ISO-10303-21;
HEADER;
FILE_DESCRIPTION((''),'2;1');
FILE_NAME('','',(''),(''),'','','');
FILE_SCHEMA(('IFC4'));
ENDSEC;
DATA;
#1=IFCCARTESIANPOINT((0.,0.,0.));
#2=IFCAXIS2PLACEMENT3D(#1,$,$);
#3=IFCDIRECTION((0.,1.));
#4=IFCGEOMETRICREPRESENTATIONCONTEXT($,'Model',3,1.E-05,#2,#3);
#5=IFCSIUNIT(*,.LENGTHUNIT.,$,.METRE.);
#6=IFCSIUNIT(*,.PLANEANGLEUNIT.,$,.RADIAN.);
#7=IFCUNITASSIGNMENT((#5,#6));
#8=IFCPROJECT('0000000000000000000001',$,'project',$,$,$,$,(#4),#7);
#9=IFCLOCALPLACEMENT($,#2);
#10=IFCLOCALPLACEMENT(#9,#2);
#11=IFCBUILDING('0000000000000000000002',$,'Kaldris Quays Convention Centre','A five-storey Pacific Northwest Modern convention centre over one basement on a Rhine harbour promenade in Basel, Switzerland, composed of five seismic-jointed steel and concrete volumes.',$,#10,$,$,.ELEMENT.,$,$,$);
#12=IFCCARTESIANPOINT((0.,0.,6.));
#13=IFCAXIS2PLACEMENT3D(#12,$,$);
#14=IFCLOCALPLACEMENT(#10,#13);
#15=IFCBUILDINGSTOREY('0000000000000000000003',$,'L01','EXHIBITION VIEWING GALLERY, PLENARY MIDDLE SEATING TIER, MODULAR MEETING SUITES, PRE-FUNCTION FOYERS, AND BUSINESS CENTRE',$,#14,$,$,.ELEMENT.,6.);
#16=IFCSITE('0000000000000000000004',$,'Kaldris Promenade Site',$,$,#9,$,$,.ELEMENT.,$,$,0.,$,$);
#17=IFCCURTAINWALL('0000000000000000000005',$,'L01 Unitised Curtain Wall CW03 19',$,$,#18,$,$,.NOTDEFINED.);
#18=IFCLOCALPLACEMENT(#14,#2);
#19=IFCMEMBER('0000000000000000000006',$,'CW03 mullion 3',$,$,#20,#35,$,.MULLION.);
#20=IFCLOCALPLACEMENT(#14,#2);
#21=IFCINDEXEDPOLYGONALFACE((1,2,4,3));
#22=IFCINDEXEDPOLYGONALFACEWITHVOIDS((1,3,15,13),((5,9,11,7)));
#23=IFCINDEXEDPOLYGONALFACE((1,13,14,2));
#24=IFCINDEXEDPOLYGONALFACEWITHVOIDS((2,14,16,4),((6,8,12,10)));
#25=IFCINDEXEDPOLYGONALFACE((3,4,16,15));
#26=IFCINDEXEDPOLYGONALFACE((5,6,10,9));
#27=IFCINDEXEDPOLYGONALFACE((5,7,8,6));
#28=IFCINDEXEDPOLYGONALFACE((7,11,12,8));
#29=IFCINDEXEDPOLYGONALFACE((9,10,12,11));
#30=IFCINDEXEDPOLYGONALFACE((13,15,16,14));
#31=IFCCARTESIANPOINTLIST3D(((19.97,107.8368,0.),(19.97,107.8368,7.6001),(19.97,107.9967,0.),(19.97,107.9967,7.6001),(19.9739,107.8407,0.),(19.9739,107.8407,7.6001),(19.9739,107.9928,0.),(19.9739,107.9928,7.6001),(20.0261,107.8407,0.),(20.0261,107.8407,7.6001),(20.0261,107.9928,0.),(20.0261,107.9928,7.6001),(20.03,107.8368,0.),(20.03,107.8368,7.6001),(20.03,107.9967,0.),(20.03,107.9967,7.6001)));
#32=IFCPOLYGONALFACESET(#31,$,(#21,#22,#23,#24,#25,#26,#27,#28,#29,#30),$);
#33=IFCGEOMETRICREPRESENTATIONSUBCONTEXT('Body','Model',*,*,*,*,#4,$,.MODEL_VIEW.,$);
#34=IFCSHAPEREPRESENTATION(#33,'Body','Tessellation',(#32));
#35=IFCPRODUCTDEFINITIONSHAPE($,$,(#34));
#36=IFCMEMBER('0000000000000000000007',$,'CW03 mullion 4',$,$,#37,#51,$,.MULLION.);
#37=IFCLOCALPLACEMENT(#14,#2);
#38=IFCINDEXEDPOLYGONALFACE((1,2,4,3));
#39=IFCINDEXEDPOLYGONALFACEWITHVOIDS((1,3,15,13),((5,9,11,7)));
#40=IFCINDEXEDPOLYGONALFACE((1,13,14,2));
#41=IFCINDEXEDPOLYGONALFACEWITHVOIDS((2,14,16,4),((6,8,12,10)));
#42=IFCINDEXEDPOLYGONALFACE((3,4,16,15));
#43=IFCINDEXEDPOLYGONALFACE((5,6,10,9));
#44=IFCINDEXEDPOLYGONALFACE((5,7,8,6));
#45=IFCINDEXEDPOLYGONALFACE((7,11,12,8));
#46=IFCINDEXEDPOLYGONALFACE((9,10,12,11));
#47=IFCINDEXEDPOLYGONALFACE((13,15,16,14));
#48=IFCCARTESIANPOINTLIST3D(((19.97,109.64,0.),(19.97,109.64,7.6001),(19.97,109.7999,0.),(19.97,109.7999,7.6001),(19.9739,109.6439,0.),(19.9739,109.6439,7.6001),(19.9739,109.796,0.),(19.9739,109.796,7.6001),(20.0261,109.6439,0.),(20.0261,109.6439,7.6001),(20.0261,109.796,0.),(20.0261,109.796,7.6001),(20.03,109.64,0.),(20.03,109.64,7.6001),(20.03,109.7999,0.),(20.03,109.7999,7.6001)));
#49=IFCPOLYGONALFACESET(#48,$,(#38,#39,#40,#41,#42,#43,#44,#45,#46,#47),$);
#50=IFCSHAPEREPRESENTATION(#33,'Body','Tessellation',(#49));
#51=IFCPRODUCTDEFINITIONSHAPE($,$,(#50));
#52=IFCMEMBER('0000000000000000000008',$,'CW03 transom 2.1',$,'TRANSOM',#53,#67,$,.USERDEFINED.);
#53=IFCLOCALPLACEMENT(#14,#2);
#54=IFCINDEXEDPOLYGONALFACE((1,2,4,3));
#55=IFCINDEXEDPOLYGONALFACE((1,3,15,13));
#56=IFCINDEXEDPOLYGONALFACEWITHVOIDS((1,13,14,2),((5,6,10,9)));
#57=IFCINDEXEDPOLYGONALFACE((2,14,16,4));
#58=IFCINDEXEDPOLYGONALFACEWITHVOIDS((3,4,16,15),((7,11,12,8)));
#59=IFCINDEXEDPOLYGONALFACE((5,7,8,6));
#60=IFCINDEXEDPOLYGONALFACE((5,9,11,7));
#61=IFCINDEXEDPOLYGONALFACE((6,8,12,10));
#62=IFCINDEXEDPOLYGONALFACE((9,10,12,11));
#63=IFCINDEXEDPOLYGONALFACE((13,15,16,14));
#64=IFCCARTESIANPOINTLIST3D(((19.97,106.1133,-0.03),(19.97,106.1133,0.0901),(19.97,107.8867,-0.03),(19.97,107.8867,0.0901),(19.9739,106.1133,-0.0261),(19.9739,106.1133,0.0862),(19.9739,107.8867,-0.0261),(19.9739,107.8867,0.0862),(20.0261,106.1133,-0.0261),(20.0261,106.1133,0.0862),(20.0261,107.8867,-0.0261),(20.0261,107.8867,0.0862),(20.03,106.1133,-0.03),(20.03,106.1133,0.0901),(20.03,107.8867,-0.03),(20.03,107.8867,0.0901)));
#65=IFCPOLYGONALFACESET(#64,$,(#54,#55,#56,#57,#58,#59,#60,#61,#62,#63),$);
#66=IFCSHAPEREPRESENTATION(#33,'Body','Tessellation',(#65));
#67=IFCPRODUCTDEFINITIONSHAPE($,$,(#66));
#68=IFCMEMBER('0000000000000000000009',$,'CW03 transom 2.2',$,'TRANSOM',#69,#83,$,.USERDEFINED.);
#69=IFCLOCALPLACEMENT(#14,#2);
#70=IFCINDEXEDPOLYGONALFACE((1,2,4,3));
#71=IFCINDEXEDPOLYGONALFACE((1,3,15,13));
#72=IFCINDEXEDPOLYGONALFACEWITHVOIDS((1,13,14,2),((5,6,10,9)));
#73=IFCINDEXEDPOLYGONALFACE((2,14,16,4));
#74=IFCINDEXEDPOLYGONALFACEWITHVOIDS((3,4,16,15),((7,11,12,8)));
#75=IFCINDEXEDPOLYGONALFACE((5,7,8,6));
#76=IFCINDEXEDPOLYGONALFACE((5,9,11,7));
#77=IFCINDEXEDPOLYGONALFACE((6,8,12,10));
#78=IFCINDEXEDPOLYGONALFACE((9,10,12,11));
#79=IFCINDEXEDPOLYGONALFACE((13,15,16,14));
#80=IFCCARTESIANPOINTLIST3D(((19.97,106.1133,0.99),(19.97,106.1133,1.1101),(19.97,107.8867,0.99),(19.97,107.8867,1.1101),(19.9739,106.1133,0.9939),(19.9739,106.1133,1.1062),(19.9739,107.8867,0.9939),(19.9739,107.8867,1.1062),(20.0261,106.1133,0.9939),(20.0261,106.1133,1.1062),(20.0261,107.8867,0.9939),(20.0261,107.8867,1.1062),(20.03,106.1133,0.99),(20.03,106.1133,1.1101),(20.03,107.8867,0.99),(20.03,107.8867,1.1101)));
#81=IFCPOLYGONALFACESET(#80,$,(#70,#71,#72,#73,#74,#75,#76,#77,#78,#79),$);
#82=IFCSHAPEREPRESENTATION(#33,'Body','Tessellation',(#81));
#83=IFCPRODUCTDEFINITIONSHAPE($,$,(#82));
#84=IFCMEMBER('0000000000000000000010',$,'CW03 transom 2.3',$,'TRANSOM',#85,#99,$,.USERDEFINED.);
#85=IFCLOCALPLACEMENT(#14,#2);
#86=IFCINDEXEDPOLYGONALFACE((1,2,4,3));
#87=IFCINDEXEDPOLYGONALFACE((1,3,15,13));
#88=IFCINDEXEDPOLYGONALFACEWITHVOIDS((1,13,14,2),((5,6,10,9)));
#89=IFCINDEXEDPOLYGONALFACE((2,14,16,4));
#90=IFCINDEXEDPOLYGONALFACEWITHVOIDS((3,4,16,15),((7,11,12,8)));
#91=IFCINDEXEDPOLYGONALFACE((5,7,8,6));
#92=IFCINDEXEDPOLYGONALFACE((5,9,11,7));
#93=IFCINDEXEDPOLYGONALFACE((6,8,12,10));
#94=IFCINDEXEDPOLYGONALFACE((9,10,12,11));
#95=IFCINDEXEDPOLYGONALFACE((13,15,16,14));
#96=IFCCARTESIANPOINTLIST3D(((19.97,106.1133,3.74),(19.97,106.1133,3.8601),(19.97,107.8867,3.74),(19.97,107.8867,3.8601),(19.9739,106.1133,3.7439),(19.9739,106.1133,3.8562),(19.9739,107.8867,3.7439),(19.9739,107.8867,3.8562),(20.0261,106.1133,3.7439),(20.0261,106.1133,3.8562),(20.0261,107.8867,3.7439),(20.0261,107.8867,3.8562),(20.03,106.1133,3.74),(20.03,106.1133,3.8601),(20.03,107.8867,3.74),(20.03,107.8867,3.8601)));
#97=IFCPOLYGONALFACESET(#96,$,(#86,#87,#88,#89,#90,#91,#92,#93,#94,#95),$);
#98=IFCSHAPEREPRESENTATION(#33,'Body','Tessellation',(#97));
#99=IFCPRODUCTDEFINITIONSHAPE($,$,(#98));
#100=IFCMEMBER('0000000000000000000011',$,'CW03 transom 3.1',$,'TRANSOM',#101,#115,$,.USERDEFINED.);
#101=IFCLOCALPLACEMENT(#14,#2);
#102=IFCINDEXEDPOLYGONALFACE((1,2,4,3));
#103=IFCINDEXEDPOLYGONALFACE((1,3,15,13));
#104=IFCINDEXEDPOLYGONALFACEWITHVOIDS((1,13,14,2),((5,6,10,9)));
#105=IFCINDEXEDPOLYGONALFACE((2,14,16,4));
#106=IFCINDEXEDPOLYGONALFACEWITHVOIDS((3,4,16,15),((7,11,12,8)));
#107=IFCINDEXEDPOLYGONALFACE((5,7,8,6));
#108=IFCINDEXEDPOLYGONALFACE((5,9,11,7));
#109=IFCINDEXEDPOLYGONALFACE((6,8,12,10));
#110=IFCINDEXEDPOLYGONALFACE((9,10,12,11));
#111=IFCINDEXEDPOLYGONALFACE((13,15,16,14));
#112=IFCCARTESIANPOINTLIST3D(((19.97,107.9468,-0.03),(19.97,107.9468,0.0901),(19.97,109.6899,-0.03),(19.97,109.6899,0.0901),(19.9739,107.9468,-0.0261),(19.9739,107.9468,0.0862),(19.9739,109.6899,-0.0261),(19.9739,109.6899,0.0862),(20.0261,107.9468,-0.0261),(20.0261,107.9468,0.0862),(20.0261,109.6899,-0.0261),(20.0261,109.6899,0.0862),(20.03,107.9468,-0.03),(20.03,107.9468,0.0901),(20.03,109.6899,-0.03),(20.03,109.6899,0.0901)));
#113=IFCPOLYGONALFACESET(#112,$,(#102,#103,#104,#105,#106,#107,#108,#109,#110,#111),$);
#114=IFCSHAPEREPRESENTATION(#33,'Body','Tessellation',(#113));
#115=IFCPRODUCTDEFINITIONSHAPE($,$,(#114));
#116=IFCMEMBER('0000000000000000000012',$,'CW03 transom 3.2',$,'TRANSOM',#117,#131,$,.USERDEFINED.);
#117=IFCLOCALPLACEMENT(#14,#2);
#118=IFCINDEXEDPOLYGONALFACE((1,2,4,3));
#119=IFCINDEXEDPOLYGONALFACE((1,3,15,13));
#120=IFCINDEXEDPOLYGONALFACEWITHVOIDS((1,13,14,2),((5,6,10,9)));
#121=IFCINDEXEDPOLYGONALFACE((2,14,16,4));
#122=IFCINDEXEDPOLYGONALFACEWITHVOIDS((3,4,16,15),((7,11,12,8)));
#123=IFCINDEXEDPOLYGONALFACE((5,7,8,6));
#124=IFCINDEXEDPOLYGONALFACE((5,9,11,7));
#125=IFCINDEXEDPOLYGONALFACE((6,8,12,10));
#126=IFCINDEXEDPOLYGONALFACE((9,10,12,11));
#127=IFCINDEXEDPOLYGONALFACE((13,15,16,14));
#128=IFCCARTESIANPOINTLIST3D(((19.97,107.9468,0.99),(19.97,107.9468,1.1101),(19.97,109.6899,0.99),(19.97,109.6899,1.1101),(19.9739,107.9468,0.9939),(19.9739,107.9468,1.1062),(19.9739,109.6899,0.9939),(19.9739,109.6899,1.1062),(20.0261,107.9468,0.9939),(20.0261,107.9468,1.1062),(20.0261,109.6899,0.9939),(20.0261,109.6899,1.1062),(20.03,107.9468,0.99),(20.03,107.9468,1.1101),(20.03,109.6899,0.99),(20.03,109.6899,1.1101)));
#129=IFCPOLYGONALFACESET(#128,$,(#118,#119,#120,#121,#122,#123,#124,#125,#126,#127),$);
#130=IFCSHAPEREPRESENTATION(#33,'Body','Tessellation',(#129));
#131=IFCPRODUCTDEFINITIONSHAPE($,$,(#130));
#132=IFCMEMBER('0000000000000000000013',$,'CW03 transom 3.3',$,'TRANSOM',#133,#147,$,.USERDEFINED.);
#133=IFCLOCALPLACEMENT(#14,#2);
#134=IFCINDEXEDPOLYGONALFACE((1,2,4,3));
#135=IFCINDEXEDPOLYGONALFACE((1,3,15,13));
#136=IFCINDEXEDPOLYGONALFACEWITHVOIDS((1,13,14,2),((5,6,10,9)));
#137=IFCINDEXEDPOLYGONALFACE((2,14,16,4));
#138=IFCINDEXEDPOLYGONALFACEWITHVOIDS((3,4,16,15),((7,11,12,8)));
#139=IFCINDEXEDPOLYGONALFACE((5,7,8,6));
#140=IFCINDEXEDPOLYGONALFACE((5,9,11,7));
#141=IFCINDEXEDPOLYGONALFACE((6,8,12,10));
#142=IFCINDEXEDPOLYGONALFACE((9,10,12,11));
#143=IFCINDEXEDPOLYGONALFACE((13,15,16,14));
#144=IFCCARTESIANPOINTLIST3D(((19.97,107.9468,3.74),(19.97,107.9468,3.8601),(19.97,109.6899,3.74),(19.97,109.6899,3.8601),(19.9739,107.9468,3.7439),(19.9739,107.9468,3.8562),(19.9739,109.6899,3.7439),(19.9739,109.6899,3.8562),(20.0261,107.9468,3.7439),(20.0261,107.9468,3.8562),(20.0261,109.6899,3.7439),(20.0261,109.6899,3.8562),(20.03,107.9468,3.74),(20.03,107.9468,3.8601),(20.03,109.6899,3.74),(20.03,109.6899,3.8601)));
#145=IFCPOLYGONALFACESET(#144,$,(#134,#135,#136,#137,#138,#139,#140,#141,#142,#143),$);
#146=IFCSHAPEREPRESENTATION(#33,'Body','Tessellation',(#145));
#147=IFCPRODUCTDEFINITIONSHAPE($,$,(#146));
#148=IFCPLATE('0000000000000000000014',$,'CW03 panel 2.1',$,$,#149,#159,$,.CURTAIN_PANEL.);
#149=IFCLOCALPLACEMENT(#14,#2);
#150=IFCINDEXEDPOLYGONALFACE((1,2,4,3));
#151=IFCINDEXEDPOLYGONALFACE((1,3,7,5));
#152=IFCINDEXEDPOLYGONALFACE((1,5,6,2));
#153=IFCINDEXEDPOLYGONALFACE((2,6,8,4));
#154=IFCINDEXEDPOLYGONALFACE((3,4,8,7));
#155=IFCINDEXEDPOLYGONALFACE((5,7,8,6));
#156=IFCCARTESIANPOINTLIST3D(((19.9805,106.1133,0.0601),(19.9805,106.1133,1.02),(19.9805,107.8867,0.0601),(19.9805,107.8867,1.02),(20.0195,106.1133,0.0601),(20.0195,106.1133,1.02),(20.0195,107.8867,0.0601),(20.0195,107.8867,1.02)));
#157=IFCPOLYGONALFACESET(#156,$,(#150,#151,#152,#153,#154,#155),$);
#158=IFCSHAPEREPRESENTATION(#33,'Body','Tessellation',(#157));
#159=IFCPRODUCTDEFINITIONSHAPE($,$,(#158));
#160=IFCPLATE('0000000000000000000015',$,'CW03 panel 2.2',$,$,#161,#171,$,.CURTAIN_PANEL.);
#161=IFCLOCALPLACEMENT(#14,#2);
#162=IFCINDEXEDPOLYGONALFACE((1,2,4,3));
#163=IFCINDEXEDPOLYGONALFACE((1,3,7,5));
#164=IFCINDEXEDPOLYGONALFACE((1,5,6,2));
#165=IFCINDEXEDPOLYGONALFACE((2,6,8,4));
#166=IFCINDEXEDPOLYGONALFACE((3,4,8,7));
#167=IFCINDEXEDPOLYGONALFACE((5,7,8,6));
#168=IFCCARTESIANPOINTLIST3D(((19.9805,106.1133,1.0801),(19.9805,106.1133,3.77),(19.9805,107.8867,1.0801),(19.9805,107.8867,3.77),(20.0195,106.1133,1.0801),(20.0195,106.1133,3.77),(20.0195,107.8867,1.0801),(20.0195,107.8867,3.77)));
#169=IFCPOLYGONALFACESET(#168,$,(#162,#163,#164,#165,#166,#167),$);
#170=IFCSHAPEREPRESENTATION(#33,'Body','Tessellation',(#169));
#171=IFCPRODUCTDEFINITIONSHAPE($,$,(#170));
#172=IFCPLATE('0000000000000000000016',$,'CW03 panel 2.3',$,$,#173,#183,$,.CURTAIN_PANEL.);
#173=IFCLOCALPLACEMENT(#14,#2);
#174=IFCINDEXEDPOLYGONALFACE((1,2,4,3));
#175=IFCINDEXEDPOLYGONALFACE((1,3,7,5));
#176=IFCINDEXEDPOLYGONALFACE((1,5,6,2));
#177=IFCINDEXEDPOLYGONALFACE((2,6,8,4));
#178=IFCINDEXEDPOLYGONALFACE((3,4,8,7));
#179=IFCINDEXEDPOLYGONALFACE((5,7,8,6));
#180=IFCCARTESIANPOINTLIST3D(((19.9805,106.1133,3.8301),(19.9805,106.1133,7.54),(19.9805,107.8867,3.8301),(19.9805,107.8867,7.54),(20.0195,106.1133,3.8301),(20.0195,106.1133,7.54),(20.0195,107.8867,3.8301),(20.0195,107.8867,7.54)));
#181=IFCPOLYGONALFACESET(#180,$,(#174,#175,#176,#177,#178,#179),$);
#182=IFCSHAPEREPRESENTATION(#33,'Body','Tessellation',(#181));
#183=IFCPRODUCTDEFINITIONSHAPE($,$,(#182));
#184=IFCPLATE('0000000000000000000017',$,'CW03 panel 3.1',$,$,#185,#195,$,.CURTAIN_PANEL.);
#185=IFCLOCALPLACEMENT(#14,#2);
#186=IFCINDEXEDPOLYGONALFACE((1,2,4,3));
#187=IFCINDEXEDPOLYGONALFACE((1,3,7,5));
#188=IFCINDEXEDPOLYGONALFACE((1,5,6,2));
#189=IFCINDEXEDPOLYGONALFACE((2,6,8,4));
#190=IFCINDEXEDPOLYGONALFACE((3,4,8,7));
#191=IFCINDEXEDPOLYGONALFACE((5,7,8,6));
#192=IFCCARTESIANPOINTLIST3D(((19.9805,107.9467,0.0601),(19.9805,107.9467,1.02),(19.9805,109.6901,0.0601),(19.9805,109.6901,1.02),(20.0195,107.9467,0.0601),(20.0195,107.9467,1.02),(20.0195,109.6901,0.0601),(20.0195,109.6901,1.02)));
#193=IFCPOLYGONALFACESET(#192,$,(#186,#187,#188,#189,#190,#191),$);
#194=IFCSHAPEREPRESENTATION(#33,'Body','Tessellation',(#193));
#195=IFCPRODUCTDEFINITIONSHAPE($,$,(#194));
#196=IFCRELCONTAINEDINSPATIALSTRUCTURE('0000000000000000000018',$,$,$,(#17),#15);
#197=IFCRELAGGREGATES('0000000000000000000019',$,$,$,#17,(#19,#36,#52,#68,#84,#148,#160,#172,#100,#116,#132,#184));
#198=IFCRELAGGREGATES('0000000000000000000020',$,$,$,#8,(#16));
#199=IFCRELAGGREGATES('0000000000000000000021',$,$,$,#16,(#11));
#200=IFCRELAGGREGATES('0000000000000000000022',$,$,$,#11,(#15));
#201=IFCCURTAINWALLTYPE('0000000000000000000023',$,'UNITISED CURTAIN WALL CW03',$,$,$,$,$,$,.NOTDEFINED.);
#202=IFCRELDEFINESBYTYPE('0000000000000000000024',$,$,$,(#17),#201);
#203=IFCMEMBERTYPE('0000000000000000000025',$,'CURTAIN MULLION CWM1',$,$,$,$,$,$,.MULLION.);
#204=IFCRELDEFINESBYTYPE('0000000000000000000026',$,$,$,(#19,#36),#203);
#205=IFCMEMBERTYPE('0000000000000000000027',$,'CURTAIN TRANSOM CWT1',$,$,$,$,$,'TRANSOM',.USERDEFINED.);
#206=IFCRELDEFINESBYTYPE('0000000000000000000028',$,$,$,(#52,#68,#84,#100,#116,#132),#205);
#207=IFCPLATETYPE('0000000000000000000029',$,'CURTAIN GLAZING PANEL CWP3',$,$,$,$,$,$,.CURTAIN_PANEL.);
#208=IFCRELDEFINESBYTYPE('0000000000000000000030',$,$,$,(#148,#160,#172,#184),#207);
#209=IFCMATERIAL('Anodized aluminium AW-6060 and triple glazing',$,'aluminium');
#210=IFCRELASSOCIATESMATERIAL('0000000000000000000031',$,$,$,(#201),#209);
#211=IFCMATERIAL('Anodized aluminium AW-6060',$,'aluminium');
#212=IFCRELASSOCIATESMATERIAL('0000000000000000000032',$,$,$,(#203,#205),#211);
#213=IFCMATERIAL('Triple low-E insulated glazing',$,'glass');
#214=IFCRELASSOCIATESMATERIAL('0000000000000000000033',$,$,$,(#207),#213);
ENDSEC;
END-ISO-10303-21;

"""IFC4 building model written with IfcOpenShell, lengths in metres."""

from ifc_helpers import new_model, si_unit, direction, frame, origin, origin_2d, place, context, subcontext, project, spatial, rectangle, hollow_rectangle, extrude, material, material_profile, profile_set, type_object, element, aggregate, save


model = new_model("IFC4")

# Units and contexts
model_context = context("Model", 3, precision=1e-05, world=origin(), true_north=direction((0.0, 1.0)))
body_context = subcontext(model_context, "Body", "Model", "MODEL_VIEW")
ifc_project = project(units=[si_unit("LENGTHUNIT", "METRE"), si_unit("PLANEANGLEUNIT", "RADIAN")], contexts=[model_context])

# Site, building, storey
site_placement = place(None, origin())
site = spatial("IfcSite", under=ifc_project, at=site_placement, Name="Kaldris Promenade Site", CompositionType="ELEMENT", RefElevation=0.0)
building_placement = place(site_placement, origin())
building = spatial("IfcBuilding", under=site, at=building_placement, Name="Kaldris Quays Convention Centre", Description="A five-storey Pacific Northwest Modern convention centre over one basement on a Rhine harbour promenade in Basel, Switzerland, composed of five seismic-jointed steel and concrete volumes.", CompositionType="ELEMENT")
storey_placement = place(building_placement, frame((0.0, 0.0, 6.0)))
storey = spatial("IfcBuildingStorey", under=building, at=storey_placement, Name="L01", Description="EXHIBITION VIEWING GALLERY, PLENARY MIDDLE SEATING TIER, MODULAR MEETING SUITES, PRE-FUNCTION FOYERS, AND BUSINESS CENTRE", CompositionType="ELEMENT", Elevation=6.0)

# Curtain wall, members, plates
ifc_material_1 = material(Name="Anodized aluminium AW-6060 and triple glazing", Category="aluminium")
curtain_wall_type = type_object("IfcCurtainWallType", Name="UNITISED CURTAIN WALL CW03", PredefinedType="NOTDEFINED", material=ifc_material_1)
curtain_wall_placement = place(storey_placement, origin())
curtain_wall = element("IfcCurtainWall", 1, at=curtain_wall_placement, inside=storey, type_object=curtain_wall_type, Name="L01 Unitised Curtain Wall CW03 19", PredefinedType="NOTDEFINED")
ifc_material_2 = material(Name="Anodized aluminium AW-6060", Category="aluminium")
ifc_material_profile_1 = material_profile(ifc_material_2, hollow_rectangle(XDim=0.0601, YDim=0.1599, WallThickness=0.0039, at=origin_2d()), Name="RHS 160x60x4")
ifc_profile_set_1 = profile_set([ifc_material_profile_1], Name="Anodized aluminium AW-6060")
member_type_1 = type_object("IfcMemberType", Name="CURTAIN MULLION CWM1", PredefinedType="MULLION", material=ifc_profile_set_1)
member_1_placement = place(storey_placement, frame((20.0, 107.9167, 0.0), z_axis=(0.0, 0.0, 1.0), x_axis=(-1.0, 0.0, 0.0)))
member_1 = element("IfcMember", 2, at=member_1_placement, type_object=member_type_1, Name="CW03 mullion 3", PredefinedType="MULLION", context=body_context, shape_type="SweptSolid", body=[
    extrude(hollow_rectangle(XDim=0.0601, YDim=0.1599, WallThickness=0.0039, at=origin_2d()), origin(), (0.0, 0.0, 1.0), 7.6001),
])
member_2_placement = place(storey_placement, frame((20.0, 109.72, 0.0), z_axis=(0.0, 0.0, 1.0), x_axis=(-1.0, 0.0, 0.0)))
member_2 = element("IfcMember", 3, at=member_2_placement, type_object=member_type_1, Name="CW03 mullion 4", PredefinedType="MULLION", context=body_context, shape_type="SweptSolid", body=[
    extrude(hollow_rectangle(XDim=0.0601, YDim=0.1599, WallThickness=0.0039, at=origin_2d()), origin(), (0.0, 0.0, 1.0), 7.6001),
])
ifc_material_profile_2 = material_profile(ifc_material_2, hollow_rectangle(XDim=0.0601, YDim=0.1201, WallThickness=0.0039, at=origin_2d()), Name="RHS 120x60x4")
ifc_profile_set_2 = profile_set([ifc_material_profile_2], Name="Anodized aluminium AW-6060")
member_type_2 = type_object("IfcMemberType", Name="CURTAIN TRANSOM CWT1", ElementType="TRANSOM", PredefinedType="USERDEFINED", material=ifc_profile_set_2)
member_3_placement = place(storey_placement, frame((20.0, 106.1133, 0.03), z_axis=(0.0, 1.0, 0.0), x_axis=(-1.0, 0.0, 0.0)))
member_3 = element("IfcMember", 4, at=member_3_placement, type_object=member_type_2, Name="CW03 transom 2.1", ObjectType="TRANSOM", PredefinedType="USERDEFINED", context=body_context, shape_type="SweptSolid", body=[
    extrude(hollow_rectangle(XDim=0.0601, YDim=0.1201, WallThickness=0.0039, at=origin_2d()), origin(), (0.0, 0.0, 1.0), 1.7734),
])
member_4_placement = place(storey_placement, frame((20.0, 106.1133, 1.05), z_axis=(0.0, 1.0, 0.0), x_axis=(-1.0, 0.0, 0.0)))
member_4 = element("IfcMember", 5, at=member_4_placement, type_object=member_type_2, Name="CW03 transom 2.2", ObjectType="TRANSOM", PredefinedType="USERDEFINED", context=body_context, shape_type="SweptSolid", body=[
    extrude(hollow_rectangle(XDim=0.0601, YDim=0.1201, WallThickness=0.0039, at=origin_2d()), origin(), (0.0, 0.0, 1.0), 1.7734),
])
member_5_placement = place(storey_placement, frame((20.0, 106.1133, 3.8), z_axis=(0.0, 1.0, 0.0), x_axis=(-1.0, 0.0, 0.0)))
member_5 = element("IfcMember", 6, at=member_5_placement, type_object=member_type_2, Name="CW03 transom 2.3", ObjectType="TRANSOM", PredefinedType="USERDEFINED", context=body_context, shape_type="SweptSolid", body=[
    extrude(hollow_rectangle(XDim=0.0601, YDim=0.1201, WallThickness=0.0039, at=origin_2d()), origin(), (0.0, 0.0, 1.0), 1.7734),
])
member_6_placement = place(storey_placement, frame((20.0, 107.9468, 0.03), z_axis=(0.0, 1.0, 0.0), x_axis=(-1.0, 0.0, 0.0)))
member_6 = element("IfcMember", 7, at=member_6_placement, type_object=member_type_2, Name="CW03 transom 3.1", ObjectType="TRANSOM", PredefinedType="USERDEFINED", context=body_context, shape_type="SweptSolid", body=[
    extrude(hollow_rectangle(XDim=0.0601, YDim=0.1201, WallThickness=0.0039, at=origin_2d()), origin(), (0.0, 0.0, 1.0), 1.7432),
])
member_7_placement = place(storey_placement, frame((20.0, 107.9468, 1.05), z_axis=(0.0, 1.0, 0.0), x_axis=(-1.0, 0.0, 0.0)))
member_7 = element("IfcMember", 8, at=member_7_placement, type_object=member_type_2, Name="CW03 transom 3.2", ObjectType="TRANSOM", PredefinedType="USERDEFINED", context=body_context, shape_type="SweptSolid", body=[
    extrude(hollow_rectangle(XDim=0.0601, YDim=0.1201, WallThickness=0.0039, at=origin_2d()), origin(), (0.0, 0.0, 1.0), 1.7432),
])
member_8_placement = place(storey_placement, frame((20.0, 107.9468, 3.8), z_axis=(0.0, 1.0, 0.0), x_axis=(-1.0, 0.0, 0.0)))
member_8 = element("IfcMember", 9, at=member_8_placement, type_object=member_type_2, Name="CW03 transom 3.3", ObjectType="TRANSOM", PredefinedType="USERDEFINED", context=body_context, shape_type="SweptSolid", body=[
    extrude(hollow_rectangle(XDim=0.0601, YDim=0.1201, WallThickness=0.0039, at=origin_2d()), origin(), (0.0, 0.0, 1.0), 1.7432),
])
ifc_material_3 = material(Name="Triple low-E insulated glazing", Category="glass")
plate_type = type_object("IfcPlateType", Name="CURTAIN GLAZING PANEL CWP3", PredefinedType="CURTAIN_PANEL", material=ifc_material_3)
plate_1_placement = place(storey_placement, frame((20.0, 107.0, 0.0601), z_axis=(0.0, 0.0, 1.0), x_axis=(0.0, 1.0, 0.0)))
plate_1 = element("IfcPlate", 10, at=plate_1_placement, type_object=plate_type, Name="CW03 panel 2.1", PredefinedType="CURTAIN_PANEL", context=body_context, shape_type="SweptSolid", body=[
    extrude(rectangle(XDim=1.7734, YDim=0.0391, at=origin_2d()), origin(), (0.0, 0.0, 1.0), 0.96),
])
plate_2_placement = place(storey_placement, frame((20.0, 107.0, 1.0801), z_axis=(0.0, 0.0, 1.0), x_axis=(0.0, 1.0, 0.0)))
plate_2 = element("IfcPlate", 11, at=plate_2_placement, type_object=plate_type, Name="CW03 panel 2.2", PredefinedType="CURTAIN_PANEL", context=body_context, shape_type="SweptSolid", body=[
    extrude(rectangle(XDim=1.7734, YDim=0.0391, at=origin_2d()), origin(), (0.0, 0.0, 1.0), 2.6899),
])
plate_3_placement = place(storey_placement, frame((20.0, 107.0, 3.8301), z_axis=(0.0, 0.0, 1.0), x_axis=(0.0, 1.0, 0.0)))
plate_3 = element("IfcPlate", 12, at=plate_3_placement, type_object=plate_type, Name="CW03 panel 2.3", PredefinedType="CURTAIN_PANEL", context=body_context, shape_type="SweptSolid", body=[
    extrude(rectangle(XDim=1.7734, YDim=0.0391, at=origin_2d()), origin(), (0.0, 0.0, 1.0), 3.71),
])
plate_4_placement = place(storey_placement, frame((20.0, 108.8184, 0.0601), z_axis=(0.0, 0.0, 1.0), x_axis=(0.0, 1.0, 0.0)))
plate_4 = element("IfcPlate", 13, at=plate_4_placement, type_object=plate_type, Name="CW03 panel 3.1", PredefinedType="CURTAIN_PANEL", context=body_context, shape_type="SweptSolid", body=[
    extrude(rectangle(XDim=1.7434, YDim=0.0391, at=origin_2d()), origin(), (0.0, 0.0, 1.0), 0.96),
])
aggregate(curtain_wall, [member_1, member_2, member_3, member_4, member_5, plate_1, plate_2, plate_3, member_6, member_7, member_8, plate_4])

save(model, "model.ifc")
